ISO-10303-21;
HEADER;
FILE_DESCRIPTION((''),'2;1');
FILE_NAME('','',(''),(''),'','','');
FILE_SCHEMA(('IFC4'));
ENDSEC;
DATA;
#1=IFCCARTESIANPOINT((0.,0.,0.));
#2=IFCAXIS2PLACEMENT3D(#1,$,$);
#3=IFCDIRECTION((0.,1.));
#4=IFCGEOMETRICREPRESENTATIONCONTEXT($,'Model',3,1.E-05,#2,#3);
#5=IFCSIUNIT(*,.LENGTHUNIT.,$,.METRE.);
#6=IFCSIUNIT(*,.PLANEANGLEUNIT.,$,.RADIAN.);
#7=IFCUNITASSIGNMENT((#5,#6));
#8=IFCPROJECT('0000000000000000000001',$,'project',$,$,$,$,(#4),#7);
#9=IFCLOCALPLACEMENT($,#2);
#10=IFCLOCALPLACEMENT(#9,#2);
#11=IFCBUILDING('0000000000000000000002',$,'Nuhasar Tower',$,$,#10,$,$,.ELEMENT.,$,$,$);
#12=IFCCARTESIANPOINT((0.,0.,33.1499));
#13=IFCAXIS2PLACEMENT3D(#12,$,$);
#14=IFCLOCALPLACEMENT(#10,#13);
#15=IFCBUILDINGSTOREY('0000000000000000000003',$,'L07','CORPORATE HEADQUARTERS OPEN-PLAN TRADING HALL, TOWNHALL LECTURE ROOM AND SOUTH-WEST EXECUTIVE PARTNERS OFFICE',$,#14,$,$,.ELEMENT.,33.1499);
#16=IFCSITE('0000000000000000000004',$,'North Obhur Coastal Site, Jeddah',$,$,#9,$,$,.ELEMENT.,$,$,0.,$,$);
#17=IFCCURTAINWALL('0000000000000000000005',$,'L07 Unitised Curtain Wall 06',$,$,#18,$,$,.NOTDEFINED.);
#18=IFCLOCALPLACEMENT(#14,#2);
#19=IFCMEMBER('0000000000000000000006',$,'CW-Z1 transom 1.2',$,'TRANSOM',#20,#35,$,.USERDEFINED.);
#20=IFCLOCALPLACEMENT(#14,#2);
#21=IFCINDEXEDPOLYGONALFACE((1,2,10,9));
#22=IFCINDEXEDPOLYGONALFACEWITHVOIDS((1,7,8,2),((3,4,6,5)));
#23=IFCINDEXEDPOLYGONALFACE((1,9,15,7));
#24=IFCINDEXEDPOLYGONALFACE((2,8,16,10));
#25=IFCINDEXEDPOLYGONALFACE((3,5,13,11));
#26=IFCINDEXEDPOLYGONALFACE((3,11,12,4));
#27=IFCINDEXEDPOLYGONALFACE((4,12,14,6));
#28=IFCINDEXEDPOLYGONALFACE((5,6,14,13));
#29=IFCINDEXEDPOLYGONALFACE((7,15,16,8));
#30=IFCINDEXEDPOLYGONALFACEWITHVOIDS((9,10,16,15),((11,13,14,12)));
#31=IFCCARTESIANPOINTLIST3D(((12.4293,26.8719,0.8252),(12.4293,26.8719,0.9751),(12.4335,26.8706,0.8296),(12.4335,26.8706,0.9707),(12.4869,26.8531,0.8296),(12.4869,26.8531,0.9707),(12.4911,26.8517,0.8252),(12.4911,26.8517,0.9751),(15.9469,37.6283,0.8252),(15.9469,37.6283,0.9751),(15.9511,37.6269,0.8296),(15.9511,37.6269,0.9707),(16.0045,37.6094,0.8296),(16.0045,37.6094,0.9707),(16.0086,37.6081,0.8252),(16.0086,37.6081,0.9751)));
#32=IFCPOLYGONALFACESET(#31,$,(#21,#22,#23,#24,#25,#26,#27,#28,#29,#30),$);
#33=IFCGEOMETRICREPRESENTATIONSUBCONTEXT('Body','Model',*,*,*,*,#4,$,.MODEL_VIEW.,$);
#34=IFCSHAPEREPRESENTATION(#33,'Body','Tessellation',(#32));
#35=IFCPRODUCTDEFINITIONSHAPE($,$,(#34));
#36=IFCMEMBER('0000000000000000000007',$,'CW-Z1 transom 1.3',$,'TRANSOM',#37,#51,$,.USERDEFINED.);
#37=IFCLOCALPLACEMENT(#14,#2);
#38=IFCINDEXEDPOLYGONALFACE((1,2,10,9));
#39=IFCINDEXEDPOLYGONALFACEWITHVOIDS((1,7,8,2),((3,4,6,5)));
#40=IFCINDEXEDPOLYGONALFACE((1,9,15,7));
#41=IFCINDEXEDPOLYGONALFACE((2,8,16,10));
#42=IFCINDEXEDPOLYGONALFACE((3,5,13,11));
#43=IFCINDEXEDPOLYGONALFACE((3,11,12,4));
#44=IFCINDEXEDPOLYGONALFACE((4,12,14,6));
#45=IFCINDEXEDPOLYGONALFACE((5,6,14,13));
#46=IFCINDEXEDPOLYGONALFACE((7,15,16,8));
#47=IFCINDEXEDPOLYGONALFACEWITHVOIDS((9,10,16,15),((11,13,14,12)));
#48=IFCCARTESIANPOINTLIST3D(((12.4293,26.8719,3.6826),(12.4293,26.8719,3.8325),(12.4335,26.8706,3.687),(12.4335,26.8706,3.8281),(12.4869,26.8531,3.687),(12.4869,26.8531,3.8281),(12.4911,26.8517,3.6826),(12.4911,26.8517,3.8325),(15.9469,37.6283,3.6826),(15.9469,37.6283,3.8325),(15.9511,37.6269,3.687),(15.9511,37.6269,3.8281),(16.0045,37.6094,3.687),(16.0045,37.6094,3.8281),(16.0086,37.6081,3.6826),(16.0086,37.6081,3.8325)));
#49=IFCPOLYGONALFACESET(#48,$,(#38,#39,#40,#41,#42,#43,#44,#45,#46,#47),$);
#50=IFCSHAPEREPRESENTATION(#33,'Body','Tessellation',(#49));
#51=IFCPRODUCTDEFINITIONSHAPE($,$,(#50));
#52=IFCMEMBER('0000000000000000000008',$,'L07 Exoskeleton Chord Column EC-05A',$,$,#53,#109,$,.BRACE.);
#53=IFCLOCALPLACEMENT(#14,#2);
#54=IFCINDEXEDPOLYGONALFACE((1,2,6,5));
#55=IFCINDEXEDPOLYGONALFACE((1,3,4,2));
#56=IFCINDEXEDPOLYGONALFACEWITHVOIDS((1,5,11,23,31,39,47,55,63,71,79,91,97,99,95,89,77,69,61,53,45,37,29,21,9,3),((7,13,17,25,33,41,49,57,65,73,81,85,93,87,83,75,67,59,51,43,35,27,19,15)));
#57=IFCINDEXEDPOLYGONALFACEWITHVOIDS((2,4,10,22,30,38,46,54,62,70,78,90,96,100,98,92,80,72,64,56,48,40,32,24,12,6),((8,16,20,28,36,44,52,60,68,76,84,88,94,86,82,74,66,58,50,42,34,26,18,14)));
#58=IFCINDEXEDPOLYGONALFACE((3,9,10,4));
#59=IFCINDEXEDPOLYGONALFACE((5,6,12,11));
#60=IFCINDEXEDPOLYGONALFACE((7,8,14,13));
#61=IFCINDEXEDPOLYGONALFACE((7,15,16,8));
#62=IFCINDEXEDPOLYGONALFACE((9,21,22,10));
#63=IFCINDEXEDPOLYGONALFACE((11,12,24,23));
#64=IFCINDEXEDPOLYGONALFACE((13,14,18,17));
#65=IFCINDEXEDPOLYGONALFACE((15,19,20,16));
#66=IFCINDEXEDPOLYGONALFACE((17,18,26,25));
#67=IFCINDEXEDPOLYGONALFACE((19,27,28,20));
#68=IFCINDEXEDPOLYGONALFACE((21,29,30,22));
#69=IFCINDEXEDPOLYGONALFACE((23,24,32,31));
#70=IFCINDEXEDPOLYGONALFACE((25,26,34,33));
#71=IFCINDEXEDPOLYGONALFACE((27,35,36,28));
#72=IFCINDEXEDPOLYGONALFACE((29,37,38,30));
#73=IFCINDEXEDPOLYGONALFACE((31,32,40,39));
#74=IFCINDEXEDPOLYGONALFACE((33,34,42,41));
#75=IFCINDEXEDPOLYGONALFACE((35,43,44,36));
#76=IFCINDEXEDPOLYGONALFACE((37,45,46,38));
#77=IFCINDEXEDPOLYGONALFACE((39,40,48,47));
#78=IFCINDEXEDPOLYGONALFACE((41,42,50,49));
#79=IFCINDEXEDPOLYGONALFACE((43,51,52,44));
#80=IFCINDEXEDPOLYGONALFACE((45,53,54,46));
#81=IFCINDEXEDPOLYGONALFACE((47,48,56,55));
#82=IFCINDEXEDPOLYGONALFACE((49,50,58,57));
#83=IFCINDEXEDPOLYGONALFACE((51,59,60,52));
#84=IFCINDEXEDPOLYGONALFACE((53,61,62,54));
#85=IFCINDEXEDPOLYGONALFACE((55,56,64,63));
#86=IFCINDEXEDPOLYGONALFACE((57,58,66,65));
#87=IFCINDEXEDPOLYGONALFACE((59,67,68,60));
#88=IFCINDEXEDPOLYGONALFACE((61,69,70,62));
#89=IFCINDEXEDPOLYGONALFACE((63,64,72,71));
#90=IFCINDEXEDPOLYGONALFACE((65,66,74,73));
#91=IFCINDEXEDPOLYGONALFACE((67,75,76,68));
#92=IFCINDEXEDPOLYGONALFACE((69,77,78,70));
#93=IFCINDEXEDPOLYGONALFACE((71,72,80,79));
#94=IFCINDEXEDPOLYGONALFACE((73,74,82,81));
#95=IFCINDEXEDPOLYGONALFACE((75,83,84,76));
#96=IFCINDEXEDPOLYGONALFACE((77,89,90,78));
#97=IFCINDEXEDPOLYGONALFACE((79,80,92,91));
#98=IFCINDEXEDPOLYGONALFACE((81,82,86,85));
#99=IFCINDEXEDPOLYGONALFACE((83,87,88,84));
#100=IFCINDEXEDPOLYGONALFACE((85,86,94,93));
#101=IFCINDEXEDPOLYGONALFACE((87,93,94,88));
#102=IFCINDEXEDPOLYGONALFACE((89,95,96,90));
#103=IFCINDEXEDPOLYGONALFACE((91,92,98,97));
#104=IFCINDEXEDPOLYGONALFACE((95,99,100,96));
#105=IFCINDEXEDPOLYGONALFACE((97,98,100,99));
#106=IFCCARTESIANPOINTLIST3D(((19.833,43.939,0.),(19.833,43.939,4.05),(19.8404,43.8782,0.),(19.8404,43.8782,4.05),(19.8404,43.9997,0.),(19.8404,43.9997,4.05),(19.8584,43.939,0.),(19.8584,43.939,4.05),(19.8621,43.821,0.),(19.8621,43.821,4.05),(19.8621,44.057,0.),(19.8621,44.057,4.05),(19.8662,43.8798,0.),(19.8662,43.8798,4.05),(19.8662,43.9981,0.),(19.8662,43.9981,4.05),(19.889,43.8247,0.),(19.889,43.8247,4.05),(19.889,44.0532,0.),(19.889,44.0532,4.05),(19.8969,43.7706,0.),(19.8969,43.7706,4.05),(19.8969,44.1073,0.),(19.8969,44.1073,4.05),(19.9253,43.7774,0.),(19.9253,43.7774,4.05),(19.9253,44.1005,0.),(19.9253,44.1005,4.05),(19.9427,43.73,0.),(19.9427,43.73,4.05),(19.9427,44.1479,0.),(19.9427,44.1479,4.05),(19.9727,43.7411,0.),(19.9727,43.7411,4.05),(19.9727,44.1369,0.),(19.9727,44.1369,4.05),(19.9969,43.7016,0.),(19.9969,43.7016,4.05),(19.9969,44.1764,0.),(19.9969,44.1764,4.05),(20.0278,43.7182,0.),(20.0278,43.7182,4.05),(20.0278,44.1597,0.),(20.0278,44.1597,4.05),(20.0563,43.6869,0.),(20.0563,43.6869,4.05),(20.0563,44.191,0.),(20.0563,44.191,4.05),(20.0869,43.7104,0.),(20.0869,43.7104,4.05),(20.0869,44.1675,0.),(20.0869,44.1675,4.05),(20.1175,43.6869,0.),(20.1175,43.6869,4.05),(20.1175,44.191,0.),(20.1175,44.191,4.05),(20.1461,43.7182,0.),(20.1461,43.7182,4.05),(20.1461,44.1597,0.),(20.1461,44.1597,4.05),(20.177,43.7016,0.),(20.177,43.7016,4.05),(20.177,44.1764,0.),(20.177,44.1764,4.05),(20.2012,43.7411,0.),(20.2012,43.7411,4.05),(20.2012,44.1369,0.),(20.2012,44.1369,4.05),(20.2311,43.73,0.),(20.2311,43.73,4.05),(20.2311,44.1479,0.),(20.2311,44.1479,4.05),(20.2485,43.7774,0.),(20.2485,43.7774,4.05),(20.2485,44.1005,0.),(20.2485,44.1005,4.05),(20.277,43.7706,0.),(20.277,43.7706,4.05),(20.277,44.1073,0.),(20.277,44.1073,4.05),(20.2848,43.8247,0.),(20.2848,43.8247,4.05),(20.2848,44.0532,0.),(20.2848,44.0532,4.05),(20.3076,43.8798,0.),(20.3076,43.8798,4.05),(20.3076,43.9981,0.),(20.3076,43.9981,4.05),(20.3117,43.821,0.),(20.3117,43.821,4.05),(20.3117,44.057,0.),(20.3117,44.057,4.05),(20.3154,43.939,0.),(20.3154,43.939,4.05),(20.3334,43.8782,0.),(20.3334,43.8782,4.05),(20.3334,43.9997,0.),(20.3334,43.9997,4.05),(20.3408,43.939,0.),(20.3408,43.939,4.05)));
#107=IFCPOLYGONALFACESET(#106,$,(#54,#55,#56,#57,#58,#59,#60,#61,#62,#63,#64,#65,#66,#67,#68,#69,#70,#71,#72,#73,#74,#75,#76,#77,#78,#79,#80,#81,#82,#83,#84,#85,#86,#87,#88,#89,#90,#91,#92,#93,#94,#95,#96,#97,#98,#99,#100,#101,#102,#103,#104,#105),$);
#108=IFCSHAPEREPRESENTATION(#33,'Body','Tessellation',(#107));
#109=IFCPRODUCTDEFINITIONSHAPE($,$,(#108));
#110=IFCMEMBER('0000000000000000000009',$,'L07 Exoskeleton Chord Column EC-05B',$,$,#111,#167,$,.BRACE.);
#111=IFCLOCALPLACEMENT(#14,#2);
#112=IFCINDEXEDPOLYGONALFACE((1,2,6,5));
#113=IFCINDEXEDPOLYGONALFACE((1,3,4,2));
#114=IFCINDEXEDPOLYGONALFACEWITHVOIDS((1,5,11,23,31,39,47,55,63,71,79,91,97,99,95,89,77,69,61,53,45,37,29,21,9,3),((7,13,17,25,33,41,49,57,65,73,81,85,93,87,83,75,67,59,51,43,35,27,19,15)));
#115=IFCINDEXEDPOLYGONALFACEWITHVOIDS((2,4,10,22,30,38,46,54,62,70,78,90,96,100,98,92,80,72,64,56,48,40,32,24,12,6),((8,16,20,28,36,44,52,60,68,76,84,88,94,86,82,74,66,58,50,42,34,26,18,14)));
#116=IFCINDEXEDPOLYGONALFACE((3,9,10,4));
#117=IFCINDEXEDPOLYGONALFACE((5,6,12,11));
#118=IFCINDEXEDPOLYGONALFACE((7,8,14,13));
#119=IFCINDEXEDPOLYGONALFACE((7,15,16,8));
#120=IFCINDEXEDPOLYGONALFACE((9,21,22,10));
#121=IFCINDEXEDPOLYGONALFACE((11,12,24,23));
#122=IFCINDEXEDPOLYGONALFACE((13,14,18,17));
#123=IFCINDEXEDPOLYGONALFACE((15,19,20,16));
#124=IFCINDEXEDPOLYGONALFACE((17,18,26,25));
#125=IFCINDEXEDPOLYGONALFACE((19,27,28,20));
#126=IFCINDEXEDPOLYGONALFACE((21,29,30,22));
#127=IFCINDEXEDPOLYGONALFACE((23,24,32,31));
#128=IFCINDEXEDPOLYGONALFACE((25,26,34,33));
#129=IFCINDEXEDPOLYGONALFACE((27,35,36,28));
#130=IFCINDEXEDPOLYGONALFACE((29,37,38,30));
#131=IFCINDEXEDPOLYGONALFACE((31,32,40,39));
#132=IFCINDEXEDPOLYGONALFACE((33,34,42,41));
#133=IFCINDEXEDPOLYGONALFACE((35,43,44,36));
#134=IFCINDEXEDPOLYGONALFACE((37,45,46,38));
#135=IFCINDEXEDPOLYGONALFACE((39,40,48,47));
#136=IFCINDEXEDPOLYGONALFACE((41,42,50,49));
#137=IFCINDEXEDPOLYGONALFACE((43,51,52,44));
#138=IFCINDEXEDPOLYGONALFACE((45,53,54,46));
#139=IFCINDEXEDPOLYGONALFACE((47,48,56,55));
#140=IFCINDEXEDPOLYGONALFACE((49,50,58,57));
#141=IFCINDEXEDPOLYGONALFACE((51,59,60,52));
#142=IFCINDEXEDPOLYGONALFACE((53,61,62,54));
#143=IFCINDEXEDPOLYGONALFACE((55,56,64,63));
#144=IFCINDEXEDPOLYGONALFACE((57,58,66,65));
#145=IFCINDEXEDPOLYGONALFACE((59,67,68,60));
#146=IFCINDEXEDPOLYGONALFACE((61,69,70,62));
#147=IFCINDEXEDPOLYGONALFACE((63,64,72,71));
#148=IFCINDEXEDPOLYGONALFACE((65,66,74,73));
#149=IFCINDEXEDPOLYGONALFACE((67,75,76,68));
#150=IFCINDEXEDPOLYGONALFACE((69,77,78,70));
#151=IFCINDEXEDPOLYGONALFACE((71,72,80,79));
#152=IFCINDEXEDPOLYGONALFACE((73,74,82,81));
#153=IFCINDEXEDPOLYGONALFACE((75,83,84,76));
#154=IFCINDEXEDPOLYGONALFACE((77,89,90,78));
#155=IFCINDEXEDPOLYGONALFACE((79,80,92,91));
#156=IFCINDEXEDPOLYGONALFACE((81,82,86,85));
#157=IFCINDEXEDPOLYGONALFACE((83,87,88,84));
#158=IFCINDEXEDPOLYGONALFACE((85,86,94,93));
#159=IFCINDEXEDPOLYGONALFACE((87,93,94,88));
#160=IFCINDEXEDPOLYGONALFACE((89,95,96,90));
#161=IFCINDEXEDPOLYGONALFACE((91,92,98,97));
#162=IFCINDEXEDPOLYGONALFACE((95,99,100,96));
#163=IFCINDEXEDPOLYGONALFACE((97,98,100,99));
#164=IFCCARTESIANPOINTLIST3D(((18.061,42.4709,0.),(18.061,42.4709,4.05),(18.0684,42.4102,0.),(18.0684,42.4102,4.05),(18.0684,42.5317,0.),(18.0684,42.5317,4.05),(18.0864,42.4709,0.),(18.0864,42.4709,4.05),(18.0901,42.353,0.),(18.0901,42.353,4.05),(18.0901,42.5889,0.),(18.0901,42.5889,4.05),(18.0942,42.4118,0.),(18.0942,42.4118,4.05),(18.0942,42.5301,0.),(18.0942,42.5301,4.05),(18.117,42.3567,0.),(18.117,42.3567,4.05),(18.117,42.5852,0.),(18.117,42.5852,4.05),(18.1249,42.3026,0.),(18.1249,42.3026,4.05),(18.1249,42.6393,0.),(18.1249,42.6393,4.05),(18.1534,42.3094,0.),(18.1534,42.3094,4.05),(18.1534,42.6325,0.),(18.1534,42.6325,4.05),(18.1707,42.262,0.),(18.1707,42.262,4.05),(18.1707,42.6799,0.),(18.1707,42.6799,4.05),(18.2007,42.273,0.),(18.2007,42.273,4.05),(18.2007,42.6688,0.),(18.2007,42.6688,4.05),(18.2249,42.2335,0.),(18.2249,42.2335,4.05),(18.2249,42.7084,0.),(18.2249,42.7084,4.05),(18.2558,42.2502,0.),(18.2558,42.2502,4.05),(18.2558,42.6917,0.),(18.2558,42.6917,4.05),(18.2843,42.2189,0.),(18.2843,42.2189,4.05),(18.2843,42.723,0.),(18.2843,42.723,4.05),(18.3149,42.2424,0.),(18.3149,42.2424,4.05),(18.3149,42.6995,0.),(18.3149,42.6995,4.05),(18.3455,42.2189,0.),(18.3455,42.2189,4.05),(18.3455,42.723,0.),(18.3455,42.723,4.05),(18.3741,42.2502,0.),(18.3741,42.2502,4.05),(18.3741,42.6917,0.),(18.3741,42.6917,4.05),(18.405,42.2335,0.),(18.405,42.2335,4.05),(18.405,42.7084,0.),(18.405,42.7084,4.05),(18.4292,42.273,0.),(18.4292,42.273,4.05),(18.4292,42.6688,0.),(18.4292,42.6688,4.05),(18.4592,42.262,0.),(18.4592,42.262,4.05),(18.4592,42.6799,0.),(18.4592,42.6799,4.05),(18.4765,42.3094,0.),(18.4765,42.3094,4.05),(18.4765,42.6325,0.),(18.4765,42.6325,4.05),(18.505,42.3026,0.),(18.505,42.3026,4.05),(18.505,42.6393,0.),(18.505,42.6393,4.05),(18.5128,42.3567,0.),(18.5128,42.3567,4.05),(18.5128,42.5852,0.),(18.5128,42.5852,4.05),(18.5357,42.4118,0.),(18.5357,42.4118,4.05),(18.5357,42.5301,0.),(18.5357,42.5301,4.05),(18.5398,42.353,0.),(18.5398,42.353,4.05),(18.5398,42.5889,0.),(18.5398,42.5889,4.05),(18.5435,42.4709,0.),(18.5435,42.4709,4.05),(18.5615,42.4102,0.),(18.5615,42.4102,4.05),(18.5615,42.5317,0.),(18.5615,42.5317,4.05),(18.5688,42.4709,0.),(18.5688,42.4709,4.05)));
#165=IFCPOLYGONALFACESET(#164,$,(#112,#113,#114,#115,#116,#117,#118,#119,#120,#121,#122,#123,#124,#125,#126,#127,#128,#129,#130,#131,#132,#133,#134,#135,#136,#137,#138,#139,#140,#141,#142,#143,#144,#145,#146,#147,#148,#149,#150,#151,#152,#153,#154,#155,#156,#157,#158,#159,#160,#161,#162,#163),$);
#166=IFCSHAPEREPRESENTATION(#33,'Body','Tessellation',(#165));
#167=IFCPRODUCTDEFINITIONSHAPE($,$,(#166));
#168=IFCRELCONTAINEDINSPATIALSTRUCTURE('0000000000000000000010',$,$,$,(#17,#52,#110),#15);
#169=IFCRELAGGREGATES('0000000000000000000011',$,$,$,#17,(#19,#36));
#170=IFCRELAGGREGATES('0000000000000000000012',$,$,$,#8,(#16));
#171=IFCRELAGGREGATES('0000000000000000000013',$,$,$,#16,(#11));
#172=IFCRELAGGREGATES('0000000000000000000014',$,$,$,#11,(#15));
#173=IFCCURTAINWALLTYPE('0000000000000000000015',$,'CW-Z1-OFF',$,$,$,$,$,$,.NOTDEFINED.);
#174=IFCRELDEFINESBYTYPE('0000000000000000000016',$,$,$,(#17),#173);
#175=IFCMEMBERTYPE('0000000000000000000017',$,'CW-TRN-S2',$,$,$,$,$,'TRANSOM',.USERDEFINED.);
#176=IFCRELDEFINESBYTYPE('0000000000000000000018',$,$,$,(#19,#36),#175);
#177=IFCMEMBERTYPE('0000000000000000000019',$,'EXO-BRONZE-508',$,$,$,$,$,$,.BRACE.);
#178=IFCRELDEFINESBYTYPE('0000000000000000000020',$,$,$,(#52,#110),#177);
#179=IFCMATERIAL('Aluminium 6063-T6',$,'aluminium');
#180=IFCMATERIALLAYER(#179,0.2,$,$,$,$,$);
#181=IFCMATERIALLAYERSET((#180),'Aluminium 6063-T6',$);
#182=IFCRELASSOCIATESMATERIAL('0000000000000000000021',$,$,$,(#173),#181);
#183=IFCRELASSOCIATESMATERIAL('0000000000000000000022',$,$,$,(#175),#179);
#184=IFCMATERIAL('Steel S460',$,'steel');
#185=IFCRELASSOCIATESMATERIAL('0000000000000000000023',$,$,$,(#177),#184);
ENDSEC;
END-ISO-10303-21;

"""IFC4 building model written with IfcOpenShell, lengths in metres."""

from ifc_helpers import new_model, si_unit, direction, frame, origin, origin_2d, place, context, subcontext, project, spatial, hollow_rectangle, hollow_circle, extrude, material, layer, layer_set, material_profile, profile_set, type_object, element, aggregate, save


model = new_model("IFC4")

# Units and contexts
model_context = context("Model", 3, precision=1e-05, world=origin(), true_north=direction((0.0, 1.0)))
body_context = subcontext(model_context, "Body", "Model", "MODEL_VIEW")
ifc_project = project(units=[si_unit("LENGTHUNIT", "METRE"), si_unit("PLANEANGLEUNIT", "RADIAN")], contexts=[model_context])

# Site, building, storey
site_placement = place(None, origin())
site = spatial("IfcSite", under=ifc_project, at=site_placement, Name="North Obhur Coastal Site, Jeddah", CompositionType="ELEMENT", RefElevation=0.0)
building_placement = place(site_placement, origin())
building = spatial("IfcBuilding", under=site, at=building_placement, Name="Nuhasar Tower", CompositionType="ELEMENT")
storey_placement = place(building_placement, frame((0.0, 0.0, 33.1499)))
storey = spatial("IfcBuildingStorey", under=building, at=storey_placement, Name="L07", Description="CORPORATE HEADQUARTERS OPEN-PLAN TRADING HALL, TOWNHALL LECTURE ROOM AND SOUTH-WEST EXECUTIVE PARTNERS OFFICE", CompositionType="ELEMENT", Elevation=33.1499)

# Shared definitions
ifc_material_1 = material(Name="Aluminium 6063-T6", Category="aluminium")
ifc_layer_1 = layer(ifc_material_1, 0.2)
ifc_layer_set_1 = layer_set([ifc_layer_1], Name="Aluminium 6063-T6")
curtain_wall_type = type_object("IfcCurtainWallType", Name="CW-Z1-OFF", PredefinedType="NOTDEFINED", material=ifc_layer_set_1)

# Curtain wall
curtain_wall_1_placement = place(storey_placement, origin())
curtain_wall_1 = element("IfcCurtainWall", 1, at=curtain_wall_1_placement, inside=storey, type_object=curtain_wall_type, Name="L07 Unitised Curtain Wall 06", PredefinedType="NOTDEFINED")

# Members
ifc_material_profile_1 = material_profile(ifc_material_1, hollow_rectangle(XDim=0.0649, YDim=0.1499, WallThickness=0.0044, at=origin_2d()), Name="CWT-2")
ifc_profile_set_1 = profile_set([ifc_material_profile_1], Name="Aluminium 6063-T6")
member_type_1 = type_object("IfcMemberType", Name="CW-TRN-S2", ElementType="TRANSOM", PredefinedType="USERDEFINED", material=ifc_profile_set_1)
member_1_placement = place(storey_placement, frame((15.9778, 37.6182, 0.9001), z_axis=(-0.310825, -0.950467, 0.0), x_axis=(0.950467, -0.310825, 0.0)))
member_1 = element("IfcMember", 2, at=member_1_placement, type_object=member_type_1, Name="CW-Z1 transom 1.2", ObjectType="TRANSOM", PredefinedType="USERDEFINED", context=body_context, shape_type="SweptSolid", body=[
    extrude(hollow_rectangle(XDim=0.0649, YDim=0.1499, WallThickness=0.0044, at=origin_2d()), origin(), (0.0, 0.0, 1.0), 11.3169),
])
member_2_placement = place(storey_placement, frame((15.9778, 37.6182, 3.7576), z_axis=(-0.310825, -0.950467, 0.0), x_axis=(0.950467, -0.310825, 0.0)))
member_2 = element("IfcMember", 3, at=member_2_placement, type_object=member_type_1, Name="CW-Z1 transom 1.3", ObjectType="TRANSOM", PredefinedType="USERDEFINED", context=body_context, shape_type="SweptSolid", body=[
    extrude(hollow_rectangle(XDim=0.0649, YDim=0.1499, WallThickness=0.0044, at=origin_2d()), origin(), (0.0, 0.0, 1.0), 11.3169),
])
aggregate(curtain_wall_1, [member_1, member_2])

# Members
ifc_material_2 = material(Name="Steel S460", Category="steel")
ifc_material_profile_2 = material_profile(ifc_material_2, hollow_circle(Radius=0.2539, WallThickness=0.0254, at=origin_2d()), Name="HSS508X25.4")
ifc_profile_set_2 = profile_set([ifc_material_profile_2], Name="Steel S460")
member_type_2 = type_object("IfcMemberType", Name="EXO-BRONZE-508", PredefinedType="BRACE", material=ifc_profile_set_2)
for number, where, z_axis, x_axis, name in (
    (4, (20.0869, 43.939, 0.0), (0.0, 0.0, 1.0), (1.0, 0.0, 0.0), "L07 Exoskeleton Chord Column EC-05A"),
    (5, (18.3149, 42.4709, 0.0), (0.0, 0.0, 1.0), (1.0, 0.0, 0.0), "L07 Exoskeleton Chord Column EC-05B"),
):
    element("IfcMember", number, at=place(storey_placement, frame(where, z_axis=z_axis, x_axis=x_axis)), inside=storey, type_object=member_type_2, Name=name, PredefinedType="BRACE", context=body_context, shape_type="SweptSolid", body=[
        extrude(hollow_circle(Radius=0.2539, WallThickness=0.0254, at=origin_2d()), origin(), (0.0, 0.0, 1.0), 4.05),
    ])

save(model, "model.ifc")
